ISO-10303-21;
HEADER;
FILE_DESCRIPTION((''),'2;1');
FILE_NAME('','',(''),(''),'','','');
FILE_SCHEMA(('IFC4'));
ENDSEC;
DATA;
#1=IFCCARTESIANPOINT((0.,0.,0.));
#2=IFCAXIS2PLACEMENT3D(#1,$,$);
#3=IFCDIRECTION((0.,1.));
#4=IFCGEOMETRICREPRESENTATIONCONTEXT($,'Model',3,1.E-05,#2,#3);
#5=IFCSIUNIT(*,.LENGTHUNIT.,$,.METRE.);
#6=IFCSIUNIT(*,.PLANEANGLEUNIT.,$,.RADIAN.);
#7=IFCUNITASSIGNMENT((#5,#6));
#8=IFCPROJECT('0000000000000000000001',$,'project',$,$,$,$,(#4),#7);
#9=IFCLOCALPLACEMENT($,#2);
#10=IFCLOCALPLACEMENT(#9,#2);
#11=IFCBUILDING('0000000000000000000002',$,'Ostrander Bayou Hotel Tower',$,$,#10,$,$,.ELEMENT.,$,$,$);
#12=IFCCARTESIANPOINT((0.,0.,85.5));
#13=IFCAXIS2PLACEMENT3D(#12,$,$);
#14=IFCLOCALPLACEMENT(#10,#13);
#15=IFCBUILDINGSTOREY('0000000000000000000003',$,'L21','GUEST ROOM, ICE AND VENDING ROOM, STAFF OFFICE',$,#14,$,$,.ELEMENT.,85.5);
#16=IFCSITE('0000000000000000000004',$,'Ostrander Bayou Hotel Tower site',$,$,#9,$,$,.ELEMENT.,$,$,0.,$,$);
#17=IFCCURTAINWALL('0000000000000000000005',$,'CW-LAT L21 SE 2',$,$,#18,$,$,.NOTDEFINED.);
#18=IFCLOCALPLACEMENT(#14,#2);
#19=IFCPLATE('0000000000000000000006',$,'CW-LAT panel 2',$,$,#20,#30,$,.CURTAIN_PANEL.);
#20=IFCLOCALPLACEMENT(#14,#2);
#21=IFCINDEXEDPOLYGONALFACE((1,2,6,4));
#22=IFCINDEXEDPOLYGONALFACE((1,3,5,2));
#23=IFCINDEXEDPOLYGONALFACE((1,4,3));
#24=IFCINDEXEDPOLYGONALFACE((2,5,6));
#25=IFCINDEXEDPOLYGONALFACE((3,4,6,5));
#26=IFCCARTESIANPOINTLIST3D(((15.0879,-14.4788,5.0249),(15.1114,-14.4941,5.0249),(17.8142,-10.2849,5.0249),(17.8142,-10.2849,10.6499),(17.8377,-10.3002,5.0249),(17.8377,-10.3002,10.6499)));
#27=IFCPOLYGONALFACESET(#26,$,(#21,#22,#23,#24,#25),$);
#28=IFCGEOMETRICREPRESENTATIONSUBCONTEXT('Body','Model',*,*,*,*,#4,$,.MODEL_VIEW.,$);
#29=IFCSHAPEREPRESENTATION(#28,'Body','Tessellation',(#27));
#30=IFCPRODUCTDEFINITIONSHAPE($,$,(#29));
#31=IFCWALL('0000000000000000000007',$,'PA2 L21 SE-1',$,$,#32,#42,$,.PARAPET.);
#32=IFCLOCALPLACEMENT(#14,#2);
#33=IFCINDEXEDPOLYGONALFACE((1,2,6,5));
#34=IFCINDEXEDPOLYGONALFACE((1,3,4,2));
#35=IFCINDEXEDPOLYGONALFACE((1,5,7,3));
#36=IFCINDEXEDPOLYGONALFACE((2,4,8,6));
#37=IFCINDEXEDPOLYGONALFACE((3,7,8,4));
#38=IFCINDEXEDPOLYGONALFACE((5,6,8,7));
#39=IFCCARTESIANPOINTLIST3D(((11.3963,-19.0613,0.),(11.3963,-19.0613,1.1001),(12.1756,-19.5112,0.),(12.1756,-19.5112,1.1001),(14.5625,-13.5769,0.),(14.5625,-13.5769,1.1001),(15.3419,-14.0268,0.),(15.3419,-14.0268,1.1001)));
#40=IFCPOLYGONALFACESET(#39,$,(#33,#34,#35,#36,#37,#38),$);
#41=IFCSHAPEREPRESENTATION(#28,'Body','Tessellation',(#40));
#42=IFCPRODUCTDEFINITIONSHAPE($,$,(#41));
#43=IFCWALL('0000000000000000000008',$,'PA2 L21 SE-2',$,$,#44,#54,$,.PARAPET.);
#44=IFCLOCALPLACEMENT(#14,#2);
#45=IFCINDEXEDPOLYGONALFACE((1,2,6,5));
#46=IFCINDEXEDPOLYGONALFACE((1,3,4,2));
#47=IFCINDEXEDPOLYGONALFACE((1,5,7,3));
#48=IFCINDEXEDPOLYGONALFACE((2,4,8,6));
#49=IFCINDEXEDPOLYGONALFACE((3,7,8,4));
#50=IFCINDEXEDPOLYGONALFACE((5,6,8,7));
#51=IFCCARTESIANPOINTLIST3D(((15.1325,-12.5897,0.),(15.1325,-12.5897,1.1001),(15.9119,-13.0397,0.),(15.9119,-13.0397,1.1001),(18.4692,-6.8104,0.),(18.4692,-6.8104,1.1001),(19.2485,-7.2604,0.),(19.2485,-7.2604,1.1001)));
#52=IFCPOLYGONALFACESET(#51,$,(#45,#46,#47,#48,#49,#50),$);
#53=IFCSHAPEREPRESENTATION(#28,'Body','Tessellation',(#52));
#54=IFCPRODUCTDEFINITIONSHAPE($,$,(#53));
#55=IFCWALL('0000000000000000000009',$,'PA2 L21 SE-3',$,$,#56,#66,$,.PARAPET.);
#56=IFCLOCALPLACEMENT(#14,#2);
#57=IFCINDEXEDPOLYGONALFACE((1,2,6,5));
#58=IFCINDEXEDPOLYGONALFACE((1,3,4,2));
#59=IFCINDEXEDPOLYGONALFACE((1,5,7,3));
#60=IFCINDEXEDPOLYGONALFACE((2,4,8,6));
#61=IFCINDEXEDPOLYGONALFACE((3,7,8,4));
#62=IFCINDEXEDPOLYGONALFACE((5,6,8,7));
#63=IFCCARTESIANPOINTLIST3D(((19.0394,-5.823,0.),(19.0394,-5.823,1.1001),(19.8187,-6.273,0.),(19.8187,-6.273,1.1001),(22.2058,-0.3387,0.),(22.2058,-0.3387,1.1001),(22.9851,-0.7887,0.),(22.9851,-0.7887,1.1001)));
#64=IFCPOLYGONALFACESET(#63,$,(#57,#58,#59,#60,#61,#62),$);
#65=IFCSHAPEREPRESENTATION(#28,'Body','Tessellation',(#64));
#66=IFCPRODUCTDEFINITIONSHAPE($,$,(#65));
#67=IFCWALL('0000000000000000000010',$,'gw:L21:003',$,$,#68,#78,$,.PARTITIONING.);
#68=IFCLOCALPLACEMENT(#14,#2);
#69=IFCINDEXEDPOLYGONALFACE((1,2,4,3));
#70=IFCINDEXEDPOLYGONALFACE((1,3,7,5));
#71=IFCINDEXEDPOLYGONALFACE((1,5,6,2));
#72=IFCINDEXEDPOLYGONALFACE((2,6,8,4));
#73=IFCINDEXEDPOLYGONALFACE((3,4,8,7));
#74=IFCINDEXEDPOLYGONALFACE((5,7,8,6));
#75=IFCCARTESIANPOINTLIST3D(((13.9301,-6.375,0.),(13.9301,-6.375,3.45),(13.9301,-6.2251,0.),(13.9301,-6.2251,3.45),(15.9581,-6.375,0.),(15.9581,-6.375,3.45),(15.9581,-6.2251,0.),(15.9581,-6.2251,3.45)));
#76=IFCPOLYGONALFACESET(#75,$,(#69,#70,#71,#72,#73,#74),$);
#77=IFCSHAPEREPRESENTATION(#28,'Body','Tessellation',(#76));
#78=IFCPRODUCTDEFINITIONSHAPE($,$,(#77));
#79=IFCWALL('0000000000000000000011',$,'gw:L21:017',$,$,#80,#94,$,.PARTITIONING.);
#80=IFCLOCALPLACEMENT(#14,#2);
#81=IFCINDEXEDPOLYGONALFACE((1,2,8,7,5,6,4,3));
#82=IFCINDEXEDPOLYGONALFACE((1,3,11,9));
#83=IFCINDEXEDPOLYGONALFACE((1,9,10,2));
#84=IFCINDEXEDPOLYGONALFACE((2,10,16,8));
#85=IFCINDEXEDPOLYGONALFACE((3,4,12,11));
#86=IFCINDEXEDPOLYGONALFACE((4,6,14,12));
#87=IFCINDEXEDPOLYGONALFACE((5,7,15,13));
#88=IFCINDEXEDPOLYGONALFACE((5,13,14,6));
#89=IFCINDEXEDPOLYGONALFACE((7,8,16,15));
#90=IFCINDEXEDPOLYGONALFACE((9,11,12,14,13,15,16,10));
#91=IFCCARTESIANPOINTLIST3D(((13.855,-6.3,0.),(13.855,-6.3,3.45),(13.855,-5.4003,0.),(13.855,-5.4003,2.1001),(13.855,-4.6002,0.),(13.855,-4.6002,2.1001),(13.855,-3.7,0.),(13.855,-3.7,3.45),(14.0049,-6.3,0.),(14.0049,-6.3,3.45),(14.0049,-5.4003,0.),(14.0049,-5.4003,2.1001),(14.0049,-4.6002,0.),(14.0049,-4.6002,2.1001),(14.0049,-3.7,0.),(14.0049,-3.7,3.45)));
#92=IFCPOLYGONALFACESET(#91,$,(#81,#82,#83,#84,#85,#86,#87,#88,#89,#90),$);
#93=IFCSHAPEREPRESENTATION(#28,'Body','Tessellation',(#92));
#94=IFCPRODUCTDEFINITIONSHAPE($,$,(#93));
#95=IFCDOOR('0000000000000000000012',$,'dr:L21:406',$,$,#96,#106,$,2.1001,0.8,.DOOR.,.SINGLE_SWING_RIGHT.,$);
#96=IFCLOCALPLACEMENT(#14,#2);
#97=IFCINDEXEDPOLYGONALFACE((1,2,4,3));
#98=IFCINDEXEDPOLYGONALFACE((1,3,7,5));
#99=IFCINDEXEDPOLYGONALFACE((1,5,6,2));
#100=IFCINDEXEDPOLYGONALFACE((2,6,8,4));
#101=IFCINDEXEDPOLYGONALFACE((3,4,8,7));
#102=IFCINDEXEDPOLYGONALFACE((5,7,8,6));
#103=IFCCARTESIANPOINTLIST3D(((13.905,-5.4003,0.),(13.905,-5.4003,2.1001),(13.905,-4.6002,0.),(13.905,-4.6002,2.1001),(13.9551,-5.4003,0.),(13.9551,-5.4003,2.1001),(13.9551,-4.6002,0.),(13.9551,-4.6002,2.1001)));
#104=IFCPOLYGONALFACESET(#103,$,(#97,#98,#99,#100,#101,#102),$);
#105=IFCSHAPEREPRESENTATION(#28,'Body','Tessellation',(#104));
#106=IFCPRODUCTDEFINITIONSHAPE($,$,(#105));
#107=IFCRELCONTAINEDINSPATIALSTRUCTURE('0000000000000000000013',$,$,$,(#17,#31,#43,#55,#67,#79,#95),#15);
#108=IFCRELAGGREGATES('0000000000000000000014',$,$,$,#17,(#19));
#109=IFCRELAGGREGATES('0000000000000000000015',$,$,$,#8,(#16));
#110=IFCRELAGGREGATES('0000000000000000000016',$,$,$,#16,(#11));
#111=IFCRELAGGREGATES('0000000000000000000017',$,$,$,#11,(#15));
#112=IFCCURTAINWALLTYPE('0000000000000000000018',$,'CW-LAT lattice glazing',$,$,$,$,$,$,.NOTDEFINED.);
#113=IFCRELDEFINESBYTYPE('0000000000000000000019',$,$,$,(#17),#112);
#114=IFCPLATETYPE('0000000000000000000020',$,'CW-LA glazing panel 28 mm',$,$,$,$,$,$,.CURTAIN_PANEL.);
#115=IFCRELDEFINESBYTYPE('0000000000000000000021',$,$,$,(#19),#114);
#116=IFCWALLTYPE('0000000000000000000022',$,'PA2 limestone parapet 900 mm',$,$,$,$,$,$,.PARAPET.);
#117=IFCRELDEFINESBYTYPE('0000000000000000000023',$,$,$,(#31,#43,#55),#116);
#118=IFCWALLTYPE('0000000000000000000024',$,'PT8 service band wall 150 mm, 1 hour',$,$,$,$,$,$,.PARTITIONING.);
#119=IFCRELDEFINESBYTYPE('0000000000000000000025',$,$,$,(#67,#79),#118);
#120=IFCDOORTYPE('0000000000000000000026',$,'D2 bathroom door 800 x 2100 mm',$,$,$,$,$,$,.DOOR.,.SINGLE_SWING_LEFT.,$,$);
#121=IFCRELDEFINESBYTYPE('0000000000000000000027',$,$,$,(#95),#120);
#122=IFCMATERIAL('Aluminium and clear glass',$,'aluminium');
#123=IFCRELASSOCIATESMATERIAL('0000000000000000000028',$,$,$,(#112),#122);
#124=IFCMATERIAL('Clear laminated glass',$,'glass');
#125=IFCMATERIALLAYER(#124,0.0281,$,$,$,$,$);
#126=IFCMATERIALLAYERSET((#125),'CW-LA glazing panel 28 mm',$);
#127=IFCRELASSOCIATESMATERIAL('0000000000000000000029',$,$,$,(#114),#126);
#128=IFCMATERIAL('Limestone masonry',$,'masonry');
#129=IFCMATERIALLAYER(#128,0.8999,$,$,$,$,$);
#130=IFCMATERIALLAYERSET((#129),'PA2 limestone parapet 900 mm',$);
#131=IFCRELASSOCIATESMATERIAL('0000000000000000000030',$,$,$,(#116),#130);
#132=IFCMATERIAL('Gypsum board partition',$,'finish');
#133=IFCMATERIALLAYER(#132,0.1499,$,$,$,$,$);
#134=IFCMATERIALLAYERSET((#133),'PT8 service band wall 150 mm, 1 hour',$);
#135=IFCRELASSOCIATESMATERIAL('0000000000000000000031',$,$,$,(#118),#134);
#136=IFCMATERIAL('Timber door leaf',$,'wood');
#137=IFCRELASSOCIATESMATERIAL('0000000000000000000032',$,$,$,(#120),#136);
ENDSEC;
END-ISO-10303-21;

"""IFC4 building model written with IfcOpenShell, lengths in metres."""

from ifc_helpers import new_model, si_unit, direction, frame, frame_2d, origin, place, context, subcontext, project, spatial, polyline, rectangle, outline, extrude, material, layer, layer_set, type_object, element, fill, aggregate, save


model = new_model("IFC4")

# Units and contexts
model_context = context("Model", 3, precision=1e-05, world=origin(), true_north=direction((0.0, 1.0)))
body_context = subcontext(model_context, "Body", "Model", "MODEL_VIEW")
ifc_project = project(units=[si_unit("LENGTHUNIT", "METRE"), si_unit("PLANEANGLEUNIT", "RADIAN")], contexts=[model_context])

# Site, building, storey
site_placement = place(None, origin())
site = spatial("IfcSite", under=ifc_project, at=site_placement, Name="Ostrander Bayou Hotel Tower site", CompositionType="ELEMENT", RefElevation=0.0)
building_placement = place(site_placement, origin())
building = spatial("IfcBuilding", under=site, at=building_placement, Name="Ostrander Bayou Hotel Tower", CompositionType="ELEMENT")
storey_placement = place(building_placement, frame((0.0, 0.0, 85.5)))
storey = spatial("IfcBuildingStorey", under=building, at=storey_placement, Name="L21", Description="GUEST ROOM, ICE AND VENDING ROOM, STAFF OFFICE", CompositionType="ELEMENT", Elevation=85.5)

# Curtain wall
ifc_material_1 = material(Name="Aluminium and clear glass", Category="aluminium")
curtain_wall_type = type_object("IfcCurtainWallType", Name="CW-LAT lattice glazing", PredefinedType="NOTDEFINED", material=ifc_material_1)
curtain_wall_1_placement = place(storey_placement, origin())
curtain_wall_1 = element("IfcCurtainWall", 1, at=curtain_wall_1_placement, inside=storey, type_object=curtain_wall_type, Name="CW-LAT L21 SE 2", PredefinedType="NOTDEFINED")

# Plate
ifc_material_2 = material(Name="Clear laminated glass", Category="glass")
ifc_layer_1 = layer(ifc_material_2, 0.0281)
ifc_layer_set_1 = layer_set([ifc_layer_1], Name="CW-LA glazing panel 28 mm")
plate_type = type_object("IfcPlateType", Name="CW-LA glazing panel 28 mm", PredefinedType="CURTAIN_PANEL", material=ifc_layer_set_1)
plate_1_placement = place(storey_placement, frame((15.0879, -14.4788, 5.0249), z_axis=(-0.838415, 0.545033, 0.0), x_axis=(0.362186, 0.557144, 0.74727)))
plate_1 = element("IfcPlate", 2, at=plate_1_placement, type_object=plate_type, Name="CW-LAT panel 2", PredefinedType="CURTAIN_PANEL", context=body_context, shape_type="SweptSolid", body=[
    extrude(outline(polyline([(0.0, 0.0), (7.5274, 0.0), (3.324, 3.7379), (0.0, 0.0)])), origin(), (0.0, 0.0, -1.0), 0.0281),
])
aggregate(curtain_wall_1, [plate_1])

# Walls
ifc_material_3 = material(Name="Limestone masonry", Category="masonry")
ifc_layer_2 = layer(ifc_material_3, 0.8999)
ifc_layer_set_2 = layer_set([ifc_layer_2], Name="PA2 limestone parapet 900 mm")
wall_type_1 = type_object("IfcWallType", Name="PA2 limestone parapet 900 mm", PredefinedType="PARAPET", material=ifc_layer_set_2)
wall_1_placement = place(storey_placement, frame((11.7859, -19.2864, 0.0), z_axis=(0.0, 0.0, 1.0), x_axis=(0.499983, 0.866035, 0.0)))
element("IfcWall", 3, at=wall_1_placement, inside=storey, type_object=wall_type_1, Name="PA2 L21 SE-1", PredefinedType="PARAPET", context=body_context, shape_type="SweptSolid", body=[
    extrude(rectangle(XDim=6.3328, YDim=0.8999, at=frame_2d((3.1665, 0.0))), origin(), (0.0, 0.0, 1.0), 1.1001),
])
wall_2_placement = place(storey_placement, frame((15.5222, -12.8147, 0.0), z_axis=(0.0, 0.0, 1.0), x_axis=(0.499999, 0.866026, 0.0)))
element("IfcWall", 4, at=wall_2_placement, inside=storey, type_object=wall_type_1, Name="PA2 L21 SE-2", PredefinedType="PARAPET", context=body_context, shape_type="SweptSolid", body=[
    extrude(rectangle(XDim=6.6733, YDim=0.8999, at=frame_2d((3.3367, 0.0))), origin(), (0.0, 0.0, 1.0), 1.1001),
])
wall_3_placement = place(storey_placement, frame((19.429, -6.0481, 0.0), z_axis=(0.0, 0.0, 1.0), x_axis=(0.500012, 0.866019, 0.0)))
element("IfcWall", 5, at=wall_3_placement, inside=storey, type_object=wall_type_1, Name="PA2 L21 SE-3", PredefinedType="PARAPET", context=body_context, shape_type="SweptSolid", body=[
    extrude(rectangle(XDim=6.3328, YDim=0.8999, at=frame_2d((3.1665, 0.0))), origin(), (0.0, 0.0, 1.0), 1.1001),
])
ifc_material_4 = material(Name="Gypsum board partition", Category="finish")
ifc_layer_3 = layer(ifc_material_4, 0.1499)
ifc_layer_set_3 = layer_set([ifc_layer_3], Name="PT8 service band wall 150 mm, 1 hour")
wall_type_2 = type_object("IfcWallType", Name="PT8 service band wall 150 mm, 1 hour", PredefinedType="PARTITIONING", material=ifc_layer_set_3)
wall_4_placement = place(storey_placement, frame((13.9299, -6.3, 0.0), z_axis=(0.0, 0.0, 1.0), x_axis=(1.0, 0.0, 0.0)))
element("IfcWall", 6, at=wall_4_placement, inside=storey, type_object=wall_type_2, Name="gw:L21:003", PredefinedType="PARTITIONING", context=body_context, shape_type="SweptSolid", body=[
    extrude(rectangle(XDim=2.0281, YDim=0.1499, at=frame_2d((1.0142, 0.0))), origin(), (0.0, 0.0, 1.0), 3.45),
])

# Wall, opening, door
wall_5_placement = place(storey_placement, frame((13.9299, -6.3, 0.0), z_axis=(0.0, 0.0, 1.0), x_axis=(0.0, 1.0, 0.0)))
wall_5 = element("IfcWall", 7, at=wall_5_placement, inside=storey, type_object=wall_type_2, Name="gw:L21:017", PredefinedType="PARTITIONING", context=body_context, shape_type="SweptSolid", body=[
    extrude(rectangle(XDim=2.6001, YDim=0.1499, at=frame_2d((1.3, 0.0))), origin(), (0.0, 0.0, 1.0), 3.45),
])
opening_placement = place(wall_5_placement, frame((0.8999, 0.0, 0.0)))
opening = element("IfcOpeningElement", 8, at=opening_placement, cuts=wall_5, PredefinedType="OPENING", context=body_context, shape_type="SweptSolid", body=[
    extrude(rectangle(XDim=0.8, YDim=2.1001, at=frame_2d((0.3999, 1.05))), frame((0.0, 0.075, 0.0), z_axis=(0.0, -1.0, 0.0), x_axis=(1.0, 0.0, 0.0)), (0.0, 0.0, 1.0), 0.1499),
])
ifc_material_5 = material(Name="Timber door leaf", Category="wood")
door_type = type_object("IfcDoorType", Name="D2 bathroom door 800 x 2100 mm", OperationType="SINGLE_SWING_LEFT", PredefinedType="DOOR", material=ifc_material_5)
door_placement = place(opening_placement, origin())
door = element("IfcDoor", 9, at=door_placement, inside=storey, type_object=door_type, Name="dr:L21:406", OperationType="SINGLE_SWING_RIGHT", OverallHeight=2.1001, OverallWidth=0.8, PredefinedType="DOOR", context=body_context, shape_type="SweptSolid", body=[
    extrude(rectangle(XDim=0.8, YDim=2.1001, at=frame_2d((0.3999, 1.05))), frame((0.0, 0.0249, 0.0), z_axis=(0.0, -1.0, 0.0), x_axis=(1.0, 0.0, 0.0)), (0.0, 0.0, 1.0), 0.05),
])
fill(opening, door)

save(model, "model.ifc")
